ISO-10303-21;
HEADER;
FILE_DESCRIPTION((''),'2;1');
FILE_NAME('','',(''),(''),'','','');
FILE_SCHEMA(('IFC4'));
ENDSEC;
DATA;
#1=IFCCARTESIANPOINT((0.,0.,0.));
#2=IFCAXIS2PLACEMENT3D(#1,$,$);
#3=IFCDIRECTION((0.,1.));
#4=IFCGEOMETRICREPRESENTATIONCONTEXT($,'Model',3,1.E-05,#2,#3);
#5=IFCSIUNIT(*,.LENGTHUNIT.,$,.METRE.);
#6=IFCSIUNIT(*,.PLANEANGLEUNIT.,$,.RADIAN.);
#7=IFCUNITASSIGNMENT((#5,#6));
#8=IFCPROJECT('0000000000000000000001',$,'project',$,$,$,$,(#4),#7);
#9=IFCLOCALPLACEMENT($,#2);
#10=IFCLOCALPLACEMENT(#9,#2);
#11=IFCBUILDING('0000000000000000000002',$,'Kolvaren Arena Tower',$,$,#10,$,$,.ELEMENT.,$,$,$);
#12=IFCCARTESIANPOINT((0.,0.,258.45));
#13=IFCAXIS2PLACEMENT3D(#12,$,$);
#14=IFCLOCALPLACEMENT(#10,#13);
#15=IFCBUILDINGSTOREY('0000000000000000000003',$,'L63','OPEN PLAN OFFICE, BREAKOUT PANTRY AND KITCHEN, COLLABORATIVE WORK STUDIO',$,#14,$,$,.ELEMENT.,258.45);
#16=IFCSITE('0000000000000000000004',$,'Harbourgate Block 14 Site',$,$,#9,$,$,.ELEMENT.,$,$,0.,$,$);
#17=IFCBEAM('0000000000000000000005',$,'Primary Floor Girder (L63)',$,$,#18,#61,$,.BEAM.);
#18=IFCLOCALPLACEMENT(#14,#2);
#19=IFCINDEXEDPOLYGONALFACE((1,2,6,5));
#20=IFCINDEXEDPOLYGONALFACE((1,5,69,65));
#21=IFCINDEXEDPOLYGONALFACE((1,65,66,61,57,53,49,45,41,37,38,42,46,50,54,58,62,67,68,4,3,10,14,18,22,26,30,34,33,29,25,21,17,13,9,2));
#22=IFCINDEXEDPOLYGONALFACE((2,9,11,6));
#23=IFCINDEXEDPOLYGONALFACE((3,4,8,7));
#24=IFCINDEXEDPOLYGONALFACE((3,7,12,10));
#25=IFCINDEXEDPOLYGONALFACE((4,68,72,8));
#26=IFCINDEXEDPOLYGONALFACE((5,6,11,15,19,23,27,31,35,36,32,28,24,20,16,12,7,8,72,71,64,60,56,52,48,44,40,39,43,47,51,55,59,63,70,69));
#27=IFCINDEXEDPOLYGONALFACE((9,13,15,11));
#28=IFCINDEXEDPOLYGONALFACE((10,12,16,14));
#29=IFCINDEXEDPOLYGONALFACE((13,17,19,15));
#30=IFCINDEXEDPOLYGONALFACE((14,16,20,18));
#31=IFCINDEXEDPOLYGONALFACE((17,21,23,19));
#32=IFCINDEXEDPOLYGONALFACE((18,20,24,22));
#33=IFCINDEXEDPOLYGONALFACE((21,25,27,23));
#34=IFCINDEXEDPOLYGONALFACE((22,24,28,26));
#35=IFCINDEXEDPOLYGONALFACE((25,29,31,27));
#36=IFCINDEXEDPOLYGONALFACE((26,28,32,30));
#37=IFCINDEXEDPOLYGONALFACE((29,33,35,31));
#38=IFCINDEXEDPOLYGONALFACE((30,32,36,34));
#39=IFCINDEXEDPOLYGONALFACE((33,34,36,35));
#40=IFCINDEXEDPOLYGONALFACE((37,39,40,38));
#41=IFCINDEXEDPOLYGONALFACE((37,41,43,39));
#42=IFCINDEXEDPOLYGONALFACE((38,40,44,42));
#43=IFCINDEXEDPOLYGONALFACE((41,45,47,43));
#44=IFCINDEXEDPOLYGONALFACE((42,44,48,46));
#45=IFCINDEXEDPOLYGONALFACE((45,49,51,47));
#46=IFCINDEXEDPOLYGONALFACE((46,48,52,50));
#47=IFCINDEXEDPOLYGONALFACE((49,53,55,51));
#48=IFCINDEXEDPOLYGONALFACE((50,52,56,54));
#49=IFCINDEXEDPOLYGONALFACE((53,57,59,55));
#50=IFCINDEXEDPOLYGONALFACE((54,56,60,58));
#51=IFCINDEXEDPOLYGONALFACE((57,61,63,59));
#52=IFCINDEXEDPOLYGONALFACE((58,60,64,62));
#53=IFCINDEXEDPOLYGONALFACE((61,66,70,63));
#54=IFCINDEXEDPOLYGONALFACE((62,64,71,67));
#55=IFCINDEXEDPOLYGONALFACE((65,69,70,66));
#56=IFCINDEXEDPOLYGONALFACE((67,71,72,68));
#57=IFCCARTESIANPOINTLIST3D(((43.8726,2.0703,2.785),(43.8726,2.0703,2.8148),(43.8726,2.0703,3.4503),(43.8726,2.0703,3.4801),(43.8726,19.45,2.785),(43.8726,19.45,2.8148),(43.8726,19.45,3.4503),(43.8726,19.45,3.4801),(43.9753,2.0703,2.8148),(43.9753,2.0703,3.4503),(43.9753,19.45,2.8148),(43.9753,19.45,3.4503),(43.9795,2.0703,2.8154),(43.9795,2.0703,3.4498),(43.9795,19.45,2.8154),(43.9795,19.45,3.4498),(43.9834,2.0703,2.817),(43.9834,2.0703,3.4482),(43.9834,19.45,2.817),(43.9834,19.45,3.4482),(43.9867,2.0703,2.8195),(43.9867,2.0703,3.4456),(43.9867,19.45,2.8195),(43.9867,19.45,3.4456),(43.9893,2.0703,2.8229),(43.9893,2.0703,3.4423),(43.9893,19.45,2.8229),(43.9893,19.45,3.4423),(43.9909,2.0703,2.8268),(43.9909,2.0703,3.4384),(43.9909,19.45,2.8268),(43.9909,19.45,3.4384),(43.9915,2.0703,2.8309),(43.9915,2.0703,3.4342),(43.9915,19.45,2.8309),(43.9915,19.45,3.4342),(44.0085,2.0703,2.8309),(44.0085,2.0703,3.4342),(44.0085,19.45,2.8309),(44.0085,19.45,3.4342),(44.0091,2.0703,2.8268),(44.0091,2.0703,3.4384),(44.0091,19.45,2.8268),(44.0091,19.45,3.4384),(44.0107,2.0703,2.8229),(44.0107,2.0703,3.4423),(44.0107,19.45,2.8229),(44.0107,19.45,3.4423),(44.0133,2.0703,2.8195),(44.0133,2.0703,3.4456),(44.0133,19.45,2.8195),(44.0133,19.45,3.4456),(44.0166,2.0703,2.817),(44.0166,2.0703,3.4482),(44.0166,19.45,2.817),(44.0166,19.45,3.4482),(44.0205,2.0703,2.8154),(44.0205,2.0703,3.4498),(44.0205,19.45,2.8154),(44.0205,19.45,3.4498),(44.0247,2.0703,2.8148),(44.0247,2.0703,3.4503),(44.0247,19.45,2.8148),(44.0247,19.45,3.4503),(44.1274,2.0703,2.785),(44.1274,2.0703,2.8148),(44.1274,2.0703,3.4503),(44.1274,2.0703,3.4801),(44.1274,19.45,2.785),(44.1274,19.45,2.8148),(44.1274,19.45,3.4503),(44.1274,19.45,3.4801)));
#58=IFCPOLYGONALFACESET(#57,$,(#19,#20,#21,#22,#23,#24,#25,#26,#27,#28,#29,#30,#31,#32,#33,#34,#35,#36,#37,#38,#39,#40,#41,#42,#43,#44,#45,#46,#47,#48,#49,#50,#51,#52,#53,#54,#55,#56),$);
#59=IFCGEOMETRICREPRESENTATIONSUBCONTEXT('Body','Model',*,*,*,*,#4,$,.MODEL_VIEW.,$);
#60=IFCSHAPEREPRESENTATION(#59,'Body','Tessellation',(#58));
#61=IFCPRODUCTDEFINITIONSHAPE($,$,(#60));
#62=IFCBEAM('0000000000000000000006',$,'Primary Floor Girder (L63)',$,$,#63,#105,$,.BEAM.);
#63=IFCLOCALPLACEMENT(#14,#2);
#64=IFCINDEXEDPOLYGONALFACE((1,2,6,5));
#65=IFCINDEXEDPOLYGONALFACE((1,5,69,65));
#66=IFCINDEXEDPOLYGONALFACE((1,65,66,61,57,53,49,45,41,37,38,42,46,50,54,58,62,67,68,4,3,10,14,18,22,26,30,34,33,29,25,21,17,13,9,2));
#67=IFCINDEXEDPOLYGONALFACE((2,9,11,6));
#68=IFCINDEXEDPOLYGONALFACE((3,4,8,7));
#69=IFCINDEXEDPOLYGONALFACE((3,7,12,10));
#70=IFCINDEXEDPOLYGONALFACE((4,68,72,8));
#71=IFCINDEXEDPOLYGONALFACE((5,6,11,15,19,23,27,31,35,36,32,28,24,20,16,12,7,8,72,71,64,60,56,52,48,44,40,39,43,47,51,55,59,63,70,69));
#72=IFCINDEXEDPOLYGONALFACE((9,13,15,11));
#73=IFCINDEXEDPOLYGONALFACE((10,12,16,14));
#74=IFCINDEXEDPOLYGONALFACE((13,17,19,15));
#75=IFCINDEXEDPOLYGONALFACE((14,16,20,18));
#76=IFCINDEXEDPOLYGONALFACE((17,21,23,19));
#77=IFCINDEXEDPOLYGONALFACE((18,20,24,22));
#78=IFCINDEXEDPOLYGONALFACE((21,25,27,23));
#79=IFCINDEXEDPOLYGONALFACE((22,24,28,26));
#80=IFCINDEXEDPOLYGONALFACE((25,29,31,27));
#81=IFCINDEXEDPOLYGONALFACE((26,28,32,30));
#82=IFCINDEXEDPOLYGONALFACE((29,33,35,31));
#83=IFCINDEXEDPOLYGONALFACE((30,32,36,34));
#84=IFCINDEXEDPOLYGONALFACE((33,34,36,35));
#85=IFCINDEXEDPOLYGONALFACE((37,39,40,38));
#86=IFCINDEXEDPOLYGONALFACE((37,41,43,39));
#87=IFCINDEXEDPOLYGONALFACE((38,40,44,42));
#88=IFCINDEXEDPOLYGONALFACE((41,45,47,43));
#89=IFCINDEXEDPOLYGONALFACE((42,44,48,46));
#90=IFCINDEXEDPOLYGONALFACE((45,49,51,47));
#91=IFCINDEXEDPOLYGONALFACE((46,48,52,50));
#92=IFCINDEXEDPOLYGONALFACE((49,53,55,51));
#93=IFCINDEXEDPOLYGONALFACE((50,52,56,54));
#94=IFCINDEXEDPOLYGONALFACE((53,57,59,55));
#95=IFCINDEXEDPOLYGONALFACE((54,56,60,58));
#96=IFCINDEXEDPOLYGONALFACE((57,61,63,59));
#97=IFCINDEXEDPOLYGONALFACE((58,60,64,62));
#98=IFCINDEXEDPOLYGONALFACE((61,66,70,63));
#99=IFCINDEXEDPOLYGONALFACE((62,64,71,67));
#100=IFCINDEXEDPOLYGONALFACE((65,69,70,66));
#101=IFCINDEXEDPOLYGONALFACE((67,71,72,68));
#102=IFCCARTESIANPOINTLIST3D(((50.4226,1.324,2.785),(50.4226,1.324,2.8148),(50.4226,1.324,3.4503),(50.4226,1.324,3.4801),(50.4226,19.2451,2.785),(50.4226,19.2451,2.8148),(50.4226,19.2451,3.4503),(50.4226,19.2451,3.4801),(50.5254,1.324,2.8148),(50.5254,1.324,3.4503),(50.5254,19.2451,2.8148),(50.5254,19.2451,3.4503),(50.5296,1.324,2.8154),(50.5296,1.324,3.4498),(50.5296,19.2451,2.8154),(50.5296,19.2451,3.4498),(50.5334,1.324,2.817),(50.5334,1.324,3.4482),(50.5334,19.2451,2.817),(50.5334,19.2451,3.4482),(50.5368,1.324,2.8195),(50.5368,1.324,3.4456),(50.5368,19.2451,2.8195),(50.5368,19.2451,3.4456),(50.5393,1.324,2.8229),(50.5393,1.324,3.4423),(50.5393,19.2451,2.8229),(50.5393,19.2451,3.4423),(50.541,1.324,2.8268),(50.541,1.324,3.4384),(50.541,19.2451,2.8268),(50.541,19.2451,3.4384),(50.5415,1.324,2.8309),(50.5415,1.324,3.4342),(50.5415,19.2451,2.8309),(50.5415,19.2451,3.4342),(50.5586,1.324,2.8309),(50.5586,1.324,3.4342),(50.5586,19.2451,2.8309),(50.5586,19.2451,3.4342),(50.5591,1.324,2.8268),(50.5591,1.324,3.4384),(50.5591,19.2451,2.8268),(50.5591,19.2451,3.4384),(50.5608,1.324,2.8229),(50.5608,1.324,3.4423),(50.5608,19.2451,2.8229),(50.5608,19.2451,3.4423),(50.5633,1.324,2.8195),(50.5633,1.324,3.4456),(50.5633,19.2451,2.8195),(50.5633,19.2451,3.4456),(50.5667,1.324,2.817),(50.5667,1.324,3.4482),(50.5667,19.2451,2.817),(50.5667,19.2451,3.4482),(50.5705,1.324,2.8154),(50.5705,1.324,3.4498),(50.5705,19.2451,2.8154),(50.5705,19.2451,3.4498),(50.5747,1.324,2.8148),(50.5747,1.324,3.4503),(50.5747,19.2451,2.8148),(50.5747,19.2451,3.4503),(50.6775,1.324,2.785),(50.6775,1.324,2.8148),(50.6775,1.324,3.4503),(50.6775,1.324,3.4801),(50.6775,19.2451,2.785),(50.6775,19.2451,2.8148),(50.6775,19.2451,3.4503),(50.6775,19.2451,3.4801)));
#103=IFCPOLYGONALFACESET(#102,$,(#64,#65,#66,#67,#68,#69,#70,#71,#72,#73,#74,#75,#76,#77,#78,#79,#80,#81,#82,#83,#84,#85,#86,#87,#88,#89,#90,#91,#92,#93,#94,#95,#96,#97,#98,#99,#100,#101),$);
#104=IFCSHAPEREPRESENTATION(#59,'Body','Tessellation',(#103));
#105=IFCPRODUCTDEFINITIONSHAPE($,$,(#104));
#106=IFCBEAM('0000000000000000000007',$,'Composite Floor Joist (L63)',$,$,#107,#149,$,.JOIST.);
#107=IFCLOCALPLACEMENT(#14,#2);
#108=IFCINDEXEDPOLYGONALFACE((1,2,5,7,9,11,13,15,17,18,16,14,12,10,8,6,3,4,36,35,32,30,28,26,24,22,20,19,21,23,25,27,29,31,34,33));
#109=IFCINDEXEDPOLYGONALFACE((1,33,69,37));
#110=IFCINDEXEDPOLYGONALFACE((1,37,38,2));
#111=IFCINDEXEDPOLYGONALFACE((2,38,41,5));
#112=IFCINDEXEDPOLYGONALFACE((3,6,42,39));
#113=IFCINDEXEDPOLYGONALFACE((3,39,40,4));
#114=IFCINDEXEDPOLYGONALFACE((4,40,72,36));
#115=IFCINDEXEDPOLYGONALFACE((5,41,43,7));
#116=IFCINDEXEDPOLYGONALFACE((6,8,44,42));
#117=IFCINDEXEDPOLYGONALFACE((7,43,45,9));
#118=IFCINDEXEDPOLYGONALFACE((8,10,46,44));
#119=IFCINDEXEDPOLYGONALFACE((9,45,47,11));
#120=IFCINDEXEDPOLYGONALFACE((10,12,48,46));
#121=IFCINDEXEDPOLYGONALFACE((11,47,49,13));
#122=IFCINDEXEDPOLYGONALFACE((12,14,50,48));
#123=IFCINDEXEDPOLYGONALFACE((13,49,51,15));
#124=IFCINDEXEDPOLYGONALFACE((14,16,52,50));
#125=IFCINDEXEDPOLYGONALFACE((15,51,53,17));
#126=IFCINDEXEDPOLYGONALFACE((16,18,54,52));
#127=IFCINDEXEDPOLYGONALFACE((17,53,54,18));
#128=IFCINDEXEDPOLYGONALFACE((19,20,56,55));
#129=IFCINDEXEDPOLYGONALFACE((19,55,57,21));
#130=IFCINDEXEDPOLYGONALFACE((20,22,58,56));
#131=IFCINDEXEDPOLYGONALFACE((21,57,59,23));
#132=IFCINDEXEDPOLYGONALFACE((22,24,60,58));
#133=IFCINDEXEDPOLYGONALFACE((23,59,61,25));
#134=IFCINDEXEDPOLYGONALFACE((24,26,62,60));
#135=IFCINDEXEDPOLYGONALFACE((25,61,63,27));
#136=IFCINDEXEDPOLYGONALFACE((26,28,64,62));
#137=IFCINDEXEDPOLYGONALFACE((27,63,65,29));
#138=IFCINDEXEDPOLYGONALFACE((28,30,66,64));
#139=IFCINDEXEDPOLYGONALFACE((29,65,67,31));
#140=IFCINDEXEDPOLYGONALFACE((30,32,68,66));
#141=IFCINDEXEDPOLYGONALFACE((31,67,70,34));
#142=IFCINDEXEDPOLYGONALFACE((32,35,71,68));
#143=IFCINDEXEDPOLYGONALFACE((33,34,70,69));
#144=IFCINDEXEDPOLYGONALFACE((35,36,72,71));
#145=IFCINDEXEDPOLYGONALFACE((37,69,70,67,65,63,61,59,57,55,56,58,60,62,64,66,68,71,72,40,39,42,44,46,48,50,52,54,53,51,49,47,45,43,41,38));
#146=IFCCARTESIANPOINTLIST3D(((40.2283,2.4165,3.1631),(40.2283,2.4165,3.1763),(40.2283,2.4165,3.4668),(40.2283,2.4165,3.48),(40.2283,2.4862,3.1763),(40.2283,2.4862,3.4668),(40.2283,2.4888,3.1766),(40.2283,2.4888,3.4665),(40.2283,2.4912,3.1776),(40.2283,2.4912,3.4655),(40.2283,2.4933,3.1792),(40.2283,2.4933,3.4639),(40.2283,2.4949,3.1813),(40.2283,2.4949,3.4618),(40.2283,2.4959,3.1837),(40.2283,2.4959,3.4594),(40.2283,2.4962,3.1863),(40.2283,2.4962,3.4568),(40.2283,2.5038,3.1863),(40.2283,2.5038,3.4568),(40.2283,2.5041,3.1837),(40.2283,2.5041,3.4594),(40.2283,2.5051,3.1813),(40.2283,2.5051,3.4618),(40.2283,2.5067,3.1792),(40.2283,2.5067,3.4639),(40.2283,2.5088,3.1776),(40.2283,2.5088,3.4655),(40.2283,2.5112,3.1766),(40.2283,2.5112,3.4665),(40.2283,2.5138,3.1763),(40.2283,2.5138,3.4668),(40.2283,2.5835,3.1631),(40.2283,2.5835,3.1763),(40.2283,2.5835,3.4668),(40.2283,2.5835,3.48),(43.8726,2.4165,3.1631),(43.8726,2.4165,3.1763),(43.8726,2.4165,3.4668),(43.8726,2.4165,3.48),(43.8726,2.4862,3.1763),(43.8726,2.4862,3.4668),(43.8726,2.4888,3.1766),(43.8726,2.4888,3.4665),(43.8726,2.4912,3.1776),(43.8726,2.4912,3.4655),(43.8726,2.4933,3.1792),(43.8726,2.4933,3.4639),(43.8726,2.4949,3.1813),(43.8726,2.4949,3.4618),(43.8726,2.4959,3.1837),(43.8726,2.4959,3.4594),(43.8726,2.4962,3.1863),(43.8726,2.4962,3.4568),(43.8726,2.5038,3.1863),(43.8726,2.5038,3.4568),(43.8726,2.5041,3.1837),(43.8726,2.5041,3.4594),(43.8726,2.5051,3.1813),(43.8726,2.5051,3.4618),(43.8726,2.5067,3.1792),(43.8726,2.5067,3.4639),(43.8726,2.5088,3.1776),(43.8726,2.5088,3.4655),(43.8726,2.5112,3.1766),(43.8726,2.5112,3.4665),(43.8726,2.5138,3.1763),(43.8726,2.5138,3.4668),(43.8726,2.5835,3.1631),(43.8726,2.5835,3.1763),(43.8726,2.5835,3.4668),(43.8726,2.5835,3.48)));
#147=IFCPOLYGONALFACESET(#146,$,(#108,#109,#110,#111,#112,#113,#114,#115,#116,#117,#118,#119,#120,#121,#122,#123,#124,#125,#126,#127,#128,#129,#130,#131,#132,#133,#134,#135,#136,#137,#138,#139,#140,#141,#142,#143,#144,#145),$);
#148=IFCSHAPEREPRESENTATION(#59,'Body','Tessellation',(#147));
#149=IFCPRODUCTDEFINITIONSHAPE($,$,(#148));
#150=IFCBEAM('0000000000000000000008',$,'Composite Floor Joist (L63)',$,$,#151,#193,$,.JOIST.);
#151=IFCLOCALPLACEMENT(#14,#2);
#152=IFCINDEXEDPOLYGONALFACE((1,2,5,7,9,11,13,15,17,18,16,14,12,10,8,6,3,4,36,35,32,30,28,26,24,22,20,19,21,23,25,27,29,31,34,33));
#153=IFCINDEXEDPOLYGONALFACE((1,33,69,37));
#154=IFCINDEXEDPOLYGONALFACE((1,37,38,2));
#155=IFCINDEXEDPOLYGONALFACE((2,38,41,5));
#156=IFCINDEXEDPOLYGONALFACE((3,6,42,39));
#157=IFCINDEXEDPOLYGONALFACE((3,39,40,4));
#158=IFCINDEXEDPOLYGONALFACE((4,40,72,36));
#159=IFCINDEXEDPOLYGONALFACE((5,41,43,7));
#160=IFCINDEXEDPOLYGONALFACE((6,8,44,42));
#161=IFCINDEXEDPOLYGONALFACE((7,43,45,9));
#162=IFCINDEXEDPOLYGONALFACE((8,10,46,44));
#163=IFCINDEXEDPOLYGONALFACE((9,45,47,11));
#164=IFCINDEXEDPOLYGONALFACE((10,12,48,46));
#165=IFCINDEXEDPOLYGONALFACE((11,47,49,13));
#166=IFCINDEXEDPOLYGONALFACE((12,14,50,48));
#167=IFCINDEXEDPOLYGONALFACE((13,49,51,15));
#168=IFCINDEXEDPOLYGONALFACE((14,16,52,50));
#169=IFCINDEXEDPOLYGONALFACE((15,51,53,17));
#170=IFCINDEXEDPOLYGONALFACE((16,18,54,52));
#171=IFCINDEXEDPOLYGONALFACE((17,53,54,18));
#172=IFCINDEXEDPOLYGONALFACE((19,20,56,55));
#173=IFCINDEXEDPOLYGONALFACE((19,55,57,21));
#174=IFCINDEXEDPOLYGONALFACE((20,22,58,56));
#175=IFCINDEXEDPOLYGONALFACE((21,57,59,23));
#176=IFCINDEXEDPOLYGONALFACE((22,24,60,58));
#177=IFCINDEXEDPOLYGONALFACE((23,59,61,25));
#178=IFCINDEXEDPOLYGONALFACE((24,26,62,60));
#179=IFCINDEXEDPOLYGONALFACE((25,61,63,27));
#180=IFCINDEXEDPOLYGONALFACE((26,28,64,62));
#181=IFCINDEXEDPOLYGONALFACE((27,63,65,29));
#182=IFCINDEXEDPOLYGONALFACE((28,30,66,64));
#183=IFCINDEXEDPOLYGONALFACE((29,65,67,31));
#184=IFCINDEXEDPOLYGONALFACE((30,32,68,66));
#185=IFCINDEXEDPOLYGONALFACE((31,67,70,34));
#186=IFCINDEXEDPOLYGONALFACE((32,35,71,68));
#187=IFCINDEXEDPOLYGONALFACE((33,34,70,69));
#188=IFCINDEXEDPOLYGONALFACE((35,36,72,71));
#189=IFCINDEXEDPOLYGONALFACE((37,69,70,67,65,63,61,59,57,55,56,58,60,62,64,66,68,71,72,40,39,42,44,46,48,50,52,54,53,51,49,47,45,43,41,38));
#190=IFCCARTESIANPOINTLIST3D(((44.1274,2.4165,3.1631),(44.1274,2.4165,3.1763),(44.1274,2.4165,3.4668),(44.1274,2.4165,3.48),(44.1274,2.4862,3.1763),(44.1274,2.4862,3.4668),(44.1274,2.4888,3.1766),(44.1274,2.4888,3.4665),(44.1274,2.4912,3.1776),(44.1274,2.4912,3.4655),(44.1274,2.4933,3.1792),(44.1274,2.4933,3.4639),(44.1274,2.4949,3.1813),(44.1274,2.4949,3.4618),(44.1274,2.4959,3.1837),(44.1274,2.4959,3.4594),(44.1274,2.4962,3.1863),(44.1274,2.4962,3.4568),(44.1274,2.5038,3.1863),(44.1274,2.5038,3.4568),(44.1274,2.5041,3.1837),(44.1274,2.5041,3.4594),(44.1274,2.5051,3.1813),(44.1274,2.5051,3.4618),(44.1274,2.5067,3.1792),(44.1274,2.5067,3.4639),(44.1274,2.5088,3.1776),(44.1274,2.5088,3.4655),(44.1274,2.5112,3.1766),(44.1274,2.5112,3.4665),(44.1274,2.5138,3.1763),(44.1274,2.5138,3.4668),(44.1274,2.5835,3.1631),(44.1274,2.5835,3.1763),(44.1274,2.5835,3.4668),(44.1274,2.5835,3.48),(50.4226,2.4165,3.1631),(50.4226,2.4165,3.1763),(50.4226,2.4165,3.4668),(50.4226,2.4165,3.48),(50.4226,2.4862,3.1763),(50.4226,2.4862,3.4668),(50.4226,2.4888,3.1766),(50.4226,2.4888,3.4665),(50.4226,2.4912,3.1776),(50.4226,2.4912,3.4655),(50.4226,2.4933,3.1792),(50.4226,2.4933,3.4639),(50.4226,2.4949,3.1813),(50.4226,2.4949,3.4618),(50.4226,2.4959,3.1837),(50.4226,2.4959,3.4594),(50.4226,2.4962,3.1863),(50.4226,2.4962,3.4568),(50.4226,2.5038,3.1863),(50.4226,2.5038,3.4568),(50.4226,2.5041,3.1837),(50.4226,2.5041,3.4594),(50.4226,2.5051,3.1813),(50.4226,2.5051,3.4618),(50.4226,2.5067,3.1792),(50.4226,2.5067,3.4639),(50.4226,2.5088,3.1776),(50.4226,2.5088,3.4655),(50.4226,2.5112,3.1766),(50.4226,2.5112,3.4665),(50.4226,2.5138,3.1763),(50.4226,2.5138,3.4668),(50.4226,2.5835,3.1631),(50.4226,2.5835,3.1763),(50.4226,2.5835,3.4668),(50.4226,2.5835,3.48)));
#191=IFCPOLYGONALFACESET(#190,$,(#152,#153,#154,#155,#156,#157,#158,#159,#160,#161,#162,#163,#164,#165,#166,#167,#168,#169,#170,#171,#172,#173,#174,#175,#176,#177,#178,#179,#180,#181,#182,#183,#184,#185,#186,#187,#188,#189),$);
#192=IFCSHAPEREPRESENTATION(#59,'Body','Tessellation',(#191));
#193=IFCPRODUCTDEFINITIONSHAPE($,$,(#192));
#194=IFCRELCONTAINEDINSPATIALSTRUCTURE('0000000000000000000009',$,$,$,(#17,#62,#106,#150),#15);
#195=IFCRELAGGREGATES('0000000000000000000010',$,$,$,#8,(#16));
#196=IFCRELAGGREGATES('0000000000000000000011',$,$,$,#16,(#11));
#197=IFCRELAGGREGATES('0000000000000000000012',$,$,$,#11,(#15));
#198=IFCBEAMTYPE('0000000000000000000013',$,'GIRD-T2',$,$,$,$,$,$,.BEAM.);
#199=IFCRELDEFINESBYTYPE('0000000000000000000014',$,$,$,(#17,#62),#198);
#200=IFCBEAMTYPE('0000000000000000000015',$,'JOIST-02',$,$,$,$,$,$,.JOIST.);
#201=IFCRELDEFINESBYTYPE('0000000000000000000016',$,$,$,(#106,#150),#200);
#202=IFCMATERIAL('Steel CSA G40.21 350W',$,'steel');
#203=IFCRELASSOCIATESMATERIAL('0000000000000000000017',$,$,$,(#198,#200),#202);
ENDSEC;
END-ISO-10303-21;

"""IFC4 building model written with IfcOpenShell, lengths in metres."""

from ifc_helpers import new_model, si_unit, direction, frame, origin, origin_2d, place, context, subcontext, project, spatial, i_section, extrude, material, material_profile, profile_set, type_object, element, save


model = new_model("IFC4")

# Units and contexts
model_context = context("Model", 3, precision=1e-05, world=origin(), true_north=direction((0.0, 1.0)))
body_context = subcontext(model_context, "Body", "Model", "MODEL_VIEW")
ifc_project = project(units=[si_unit("LENGTHUNIT", "METRE"), si_unit("PLANEANGLEUNIT", "RADIAN")], contexts=[model_context])

# Site, building, storey
site_placement = place(None, origin())
site = spatial("IfcSite", under=ifc_project, at=site_placement, Name="Harbourgate Block 14 Site", CompositionType="ELEMENT", RefElevation=0.0)
building_placement = place(site_placement, origin())
building = spatial("IfcBuilding", under=site, at=building_placement, Name="Kolvaren Arena Tower", CompositionType="ELEMENT")
storey_placement = place(building_placement, frame((0.0, 0.0, 258.45)))
storey = spatial("IfcBuildingStorey", under=building, at=storey_placement, Name="L63", Description="OPEN PLAN OFFICE, BREAKOUT PANTRY AND KITCHEN, COLLABORATIVE WORK STUDIO", CompositionType="ELEMENT", Elevation=258.45)

# Beams
ifc_material_1 = material(Name="Steel CSA G40.21 350W", Category="steel")
ifc_material_profile_1 = material_profile(ifc_material_1, i_section(OverallWidth=0.2549, OverallDepth=0.6951, WebThickness=0.0171, FlangeThickness=0.0298, FilletRadius=0.0161, at=origin_2d()), Name="W690x217")
ifc_profile_set_1 = profile_set([ifc_material_profile_1], Name="Steel CSA G40.21 350W")
beam_type_1 = type_object("IfcBeamType", Name="GIRD-T2", PredefinedType="BEAM", material=ifc_profile_set_1)
beam_1_placement = place(storey_placement, frame((44.0, 2.0703, 3.1326), z_axis=(0.0, 1.0, 0.0), x_axis=(-1.0, 0.0, 0.0)))
element("IfcBeam", 1, at=beam_1_placement, inside=storey, type_object=beam_type_1, Name="Primary Floor Girder (L63)", PredefinedType="BEAM", context=body_context, shape_type="SweptSolid", body=[
    extrude(i_section(OverallWidth=0.2549, OverallDepth=0.6951, WebThickness=0.0171, FlangeThickness=0.0298, FilletRadius=0.0161, at=origin_2d()), origin(), (0.0, 0.0, 1.0), 17.3796),
])
beam_2_placement = place(storey_placement, frame((50.55, 1.324, 3.1326), z_axis=(0.0, 1.0, 0.0), x_axis=(-1.0, 0.0, 0.0)))
element("IfcBeam", 2, at=beam_2_placement, inside=storey, type_object=beam_type_1, Name="Primary Floor Girder (L63)", PredefinedType="BEAM", context=body_context, shape_type="SweptSolid", body=[
    extrude(i_section(OverallWidth=0.2549, OverallDepth=0.6951, WebThickness=0.0171, FlangeThickness=0.0298, FilletRadius=0.0161, at=origin_2d()), origin(), (0.0, 0.0, 1.0), 17.9211),
])
ifc_material_profile_2 = material_profile(ifc_material_1, i_section(OverallWidth=0.167, OverallDepth=0.3169, WebThickness=0.0076, FlangeThickness=0.0132, FilletRadius=0.01, at=origin_2d()), Name="W310x52")
ifc_profile_set_2 = profile_set([ifc_material_profile_2], Name="Steel CSA G40.21 350W")
beam_type_2 = type_object("IfcBeamType", Name="JOIST-02", PredefinedType="JOIST", material=ifc_profile_set_2)
beam_3_placement = place(storey_placement, frame((40.2283, 2.5, 3.3215), z_axis=(1.0, 0.0, 0.0), x_axis=(0.0, 1.0, 0.0)))
element("IfcBeam", 3, at=beam_3_placement, inside=storey, type_object=beam_type_2, Name="Composite Floor Joist (L63)", PredefinedType="JOIST", context=body_context, shape_type="SweptSolid", body=[
    extrude(i_section(OverallWidth=0.167, OverallDepth=0.3169, WebThickness=0.0076, FlangeThickness=0.0132, FilletRadius=0.01, at=origin_2d()), origin(), (0.0, 0.0, 1.0), 3.6443),
])
for number, where, z_axis, x_axis, name in (
    (4, (44.1274, 2.5, 3.3215), (1.0, 0.0, 0.0), (0.0, 1.0, 0.0), "Composite Floor Joist (L63)"),
):
    element("IfcBeam", number, at=place(storey_placement, frame(where, z_axis=z_axis, x_axis=x_axis)), inside=storey, type_object=beam_type_2, Name=name, PredefinedType="JOIST", context=body_context, shape_type="SweptSolid", body=[
        extrude(i_section(OverallWidth=0.167, OverallDepth=0.3169, WebThickness=0.0076, FlangeThickness=0.0132, FilletRadius=0.01, at=origin_2d()), origin(), (0.0, 0.0, 1.0), 6.2952),
    ])

save(model, "model.ifc")
